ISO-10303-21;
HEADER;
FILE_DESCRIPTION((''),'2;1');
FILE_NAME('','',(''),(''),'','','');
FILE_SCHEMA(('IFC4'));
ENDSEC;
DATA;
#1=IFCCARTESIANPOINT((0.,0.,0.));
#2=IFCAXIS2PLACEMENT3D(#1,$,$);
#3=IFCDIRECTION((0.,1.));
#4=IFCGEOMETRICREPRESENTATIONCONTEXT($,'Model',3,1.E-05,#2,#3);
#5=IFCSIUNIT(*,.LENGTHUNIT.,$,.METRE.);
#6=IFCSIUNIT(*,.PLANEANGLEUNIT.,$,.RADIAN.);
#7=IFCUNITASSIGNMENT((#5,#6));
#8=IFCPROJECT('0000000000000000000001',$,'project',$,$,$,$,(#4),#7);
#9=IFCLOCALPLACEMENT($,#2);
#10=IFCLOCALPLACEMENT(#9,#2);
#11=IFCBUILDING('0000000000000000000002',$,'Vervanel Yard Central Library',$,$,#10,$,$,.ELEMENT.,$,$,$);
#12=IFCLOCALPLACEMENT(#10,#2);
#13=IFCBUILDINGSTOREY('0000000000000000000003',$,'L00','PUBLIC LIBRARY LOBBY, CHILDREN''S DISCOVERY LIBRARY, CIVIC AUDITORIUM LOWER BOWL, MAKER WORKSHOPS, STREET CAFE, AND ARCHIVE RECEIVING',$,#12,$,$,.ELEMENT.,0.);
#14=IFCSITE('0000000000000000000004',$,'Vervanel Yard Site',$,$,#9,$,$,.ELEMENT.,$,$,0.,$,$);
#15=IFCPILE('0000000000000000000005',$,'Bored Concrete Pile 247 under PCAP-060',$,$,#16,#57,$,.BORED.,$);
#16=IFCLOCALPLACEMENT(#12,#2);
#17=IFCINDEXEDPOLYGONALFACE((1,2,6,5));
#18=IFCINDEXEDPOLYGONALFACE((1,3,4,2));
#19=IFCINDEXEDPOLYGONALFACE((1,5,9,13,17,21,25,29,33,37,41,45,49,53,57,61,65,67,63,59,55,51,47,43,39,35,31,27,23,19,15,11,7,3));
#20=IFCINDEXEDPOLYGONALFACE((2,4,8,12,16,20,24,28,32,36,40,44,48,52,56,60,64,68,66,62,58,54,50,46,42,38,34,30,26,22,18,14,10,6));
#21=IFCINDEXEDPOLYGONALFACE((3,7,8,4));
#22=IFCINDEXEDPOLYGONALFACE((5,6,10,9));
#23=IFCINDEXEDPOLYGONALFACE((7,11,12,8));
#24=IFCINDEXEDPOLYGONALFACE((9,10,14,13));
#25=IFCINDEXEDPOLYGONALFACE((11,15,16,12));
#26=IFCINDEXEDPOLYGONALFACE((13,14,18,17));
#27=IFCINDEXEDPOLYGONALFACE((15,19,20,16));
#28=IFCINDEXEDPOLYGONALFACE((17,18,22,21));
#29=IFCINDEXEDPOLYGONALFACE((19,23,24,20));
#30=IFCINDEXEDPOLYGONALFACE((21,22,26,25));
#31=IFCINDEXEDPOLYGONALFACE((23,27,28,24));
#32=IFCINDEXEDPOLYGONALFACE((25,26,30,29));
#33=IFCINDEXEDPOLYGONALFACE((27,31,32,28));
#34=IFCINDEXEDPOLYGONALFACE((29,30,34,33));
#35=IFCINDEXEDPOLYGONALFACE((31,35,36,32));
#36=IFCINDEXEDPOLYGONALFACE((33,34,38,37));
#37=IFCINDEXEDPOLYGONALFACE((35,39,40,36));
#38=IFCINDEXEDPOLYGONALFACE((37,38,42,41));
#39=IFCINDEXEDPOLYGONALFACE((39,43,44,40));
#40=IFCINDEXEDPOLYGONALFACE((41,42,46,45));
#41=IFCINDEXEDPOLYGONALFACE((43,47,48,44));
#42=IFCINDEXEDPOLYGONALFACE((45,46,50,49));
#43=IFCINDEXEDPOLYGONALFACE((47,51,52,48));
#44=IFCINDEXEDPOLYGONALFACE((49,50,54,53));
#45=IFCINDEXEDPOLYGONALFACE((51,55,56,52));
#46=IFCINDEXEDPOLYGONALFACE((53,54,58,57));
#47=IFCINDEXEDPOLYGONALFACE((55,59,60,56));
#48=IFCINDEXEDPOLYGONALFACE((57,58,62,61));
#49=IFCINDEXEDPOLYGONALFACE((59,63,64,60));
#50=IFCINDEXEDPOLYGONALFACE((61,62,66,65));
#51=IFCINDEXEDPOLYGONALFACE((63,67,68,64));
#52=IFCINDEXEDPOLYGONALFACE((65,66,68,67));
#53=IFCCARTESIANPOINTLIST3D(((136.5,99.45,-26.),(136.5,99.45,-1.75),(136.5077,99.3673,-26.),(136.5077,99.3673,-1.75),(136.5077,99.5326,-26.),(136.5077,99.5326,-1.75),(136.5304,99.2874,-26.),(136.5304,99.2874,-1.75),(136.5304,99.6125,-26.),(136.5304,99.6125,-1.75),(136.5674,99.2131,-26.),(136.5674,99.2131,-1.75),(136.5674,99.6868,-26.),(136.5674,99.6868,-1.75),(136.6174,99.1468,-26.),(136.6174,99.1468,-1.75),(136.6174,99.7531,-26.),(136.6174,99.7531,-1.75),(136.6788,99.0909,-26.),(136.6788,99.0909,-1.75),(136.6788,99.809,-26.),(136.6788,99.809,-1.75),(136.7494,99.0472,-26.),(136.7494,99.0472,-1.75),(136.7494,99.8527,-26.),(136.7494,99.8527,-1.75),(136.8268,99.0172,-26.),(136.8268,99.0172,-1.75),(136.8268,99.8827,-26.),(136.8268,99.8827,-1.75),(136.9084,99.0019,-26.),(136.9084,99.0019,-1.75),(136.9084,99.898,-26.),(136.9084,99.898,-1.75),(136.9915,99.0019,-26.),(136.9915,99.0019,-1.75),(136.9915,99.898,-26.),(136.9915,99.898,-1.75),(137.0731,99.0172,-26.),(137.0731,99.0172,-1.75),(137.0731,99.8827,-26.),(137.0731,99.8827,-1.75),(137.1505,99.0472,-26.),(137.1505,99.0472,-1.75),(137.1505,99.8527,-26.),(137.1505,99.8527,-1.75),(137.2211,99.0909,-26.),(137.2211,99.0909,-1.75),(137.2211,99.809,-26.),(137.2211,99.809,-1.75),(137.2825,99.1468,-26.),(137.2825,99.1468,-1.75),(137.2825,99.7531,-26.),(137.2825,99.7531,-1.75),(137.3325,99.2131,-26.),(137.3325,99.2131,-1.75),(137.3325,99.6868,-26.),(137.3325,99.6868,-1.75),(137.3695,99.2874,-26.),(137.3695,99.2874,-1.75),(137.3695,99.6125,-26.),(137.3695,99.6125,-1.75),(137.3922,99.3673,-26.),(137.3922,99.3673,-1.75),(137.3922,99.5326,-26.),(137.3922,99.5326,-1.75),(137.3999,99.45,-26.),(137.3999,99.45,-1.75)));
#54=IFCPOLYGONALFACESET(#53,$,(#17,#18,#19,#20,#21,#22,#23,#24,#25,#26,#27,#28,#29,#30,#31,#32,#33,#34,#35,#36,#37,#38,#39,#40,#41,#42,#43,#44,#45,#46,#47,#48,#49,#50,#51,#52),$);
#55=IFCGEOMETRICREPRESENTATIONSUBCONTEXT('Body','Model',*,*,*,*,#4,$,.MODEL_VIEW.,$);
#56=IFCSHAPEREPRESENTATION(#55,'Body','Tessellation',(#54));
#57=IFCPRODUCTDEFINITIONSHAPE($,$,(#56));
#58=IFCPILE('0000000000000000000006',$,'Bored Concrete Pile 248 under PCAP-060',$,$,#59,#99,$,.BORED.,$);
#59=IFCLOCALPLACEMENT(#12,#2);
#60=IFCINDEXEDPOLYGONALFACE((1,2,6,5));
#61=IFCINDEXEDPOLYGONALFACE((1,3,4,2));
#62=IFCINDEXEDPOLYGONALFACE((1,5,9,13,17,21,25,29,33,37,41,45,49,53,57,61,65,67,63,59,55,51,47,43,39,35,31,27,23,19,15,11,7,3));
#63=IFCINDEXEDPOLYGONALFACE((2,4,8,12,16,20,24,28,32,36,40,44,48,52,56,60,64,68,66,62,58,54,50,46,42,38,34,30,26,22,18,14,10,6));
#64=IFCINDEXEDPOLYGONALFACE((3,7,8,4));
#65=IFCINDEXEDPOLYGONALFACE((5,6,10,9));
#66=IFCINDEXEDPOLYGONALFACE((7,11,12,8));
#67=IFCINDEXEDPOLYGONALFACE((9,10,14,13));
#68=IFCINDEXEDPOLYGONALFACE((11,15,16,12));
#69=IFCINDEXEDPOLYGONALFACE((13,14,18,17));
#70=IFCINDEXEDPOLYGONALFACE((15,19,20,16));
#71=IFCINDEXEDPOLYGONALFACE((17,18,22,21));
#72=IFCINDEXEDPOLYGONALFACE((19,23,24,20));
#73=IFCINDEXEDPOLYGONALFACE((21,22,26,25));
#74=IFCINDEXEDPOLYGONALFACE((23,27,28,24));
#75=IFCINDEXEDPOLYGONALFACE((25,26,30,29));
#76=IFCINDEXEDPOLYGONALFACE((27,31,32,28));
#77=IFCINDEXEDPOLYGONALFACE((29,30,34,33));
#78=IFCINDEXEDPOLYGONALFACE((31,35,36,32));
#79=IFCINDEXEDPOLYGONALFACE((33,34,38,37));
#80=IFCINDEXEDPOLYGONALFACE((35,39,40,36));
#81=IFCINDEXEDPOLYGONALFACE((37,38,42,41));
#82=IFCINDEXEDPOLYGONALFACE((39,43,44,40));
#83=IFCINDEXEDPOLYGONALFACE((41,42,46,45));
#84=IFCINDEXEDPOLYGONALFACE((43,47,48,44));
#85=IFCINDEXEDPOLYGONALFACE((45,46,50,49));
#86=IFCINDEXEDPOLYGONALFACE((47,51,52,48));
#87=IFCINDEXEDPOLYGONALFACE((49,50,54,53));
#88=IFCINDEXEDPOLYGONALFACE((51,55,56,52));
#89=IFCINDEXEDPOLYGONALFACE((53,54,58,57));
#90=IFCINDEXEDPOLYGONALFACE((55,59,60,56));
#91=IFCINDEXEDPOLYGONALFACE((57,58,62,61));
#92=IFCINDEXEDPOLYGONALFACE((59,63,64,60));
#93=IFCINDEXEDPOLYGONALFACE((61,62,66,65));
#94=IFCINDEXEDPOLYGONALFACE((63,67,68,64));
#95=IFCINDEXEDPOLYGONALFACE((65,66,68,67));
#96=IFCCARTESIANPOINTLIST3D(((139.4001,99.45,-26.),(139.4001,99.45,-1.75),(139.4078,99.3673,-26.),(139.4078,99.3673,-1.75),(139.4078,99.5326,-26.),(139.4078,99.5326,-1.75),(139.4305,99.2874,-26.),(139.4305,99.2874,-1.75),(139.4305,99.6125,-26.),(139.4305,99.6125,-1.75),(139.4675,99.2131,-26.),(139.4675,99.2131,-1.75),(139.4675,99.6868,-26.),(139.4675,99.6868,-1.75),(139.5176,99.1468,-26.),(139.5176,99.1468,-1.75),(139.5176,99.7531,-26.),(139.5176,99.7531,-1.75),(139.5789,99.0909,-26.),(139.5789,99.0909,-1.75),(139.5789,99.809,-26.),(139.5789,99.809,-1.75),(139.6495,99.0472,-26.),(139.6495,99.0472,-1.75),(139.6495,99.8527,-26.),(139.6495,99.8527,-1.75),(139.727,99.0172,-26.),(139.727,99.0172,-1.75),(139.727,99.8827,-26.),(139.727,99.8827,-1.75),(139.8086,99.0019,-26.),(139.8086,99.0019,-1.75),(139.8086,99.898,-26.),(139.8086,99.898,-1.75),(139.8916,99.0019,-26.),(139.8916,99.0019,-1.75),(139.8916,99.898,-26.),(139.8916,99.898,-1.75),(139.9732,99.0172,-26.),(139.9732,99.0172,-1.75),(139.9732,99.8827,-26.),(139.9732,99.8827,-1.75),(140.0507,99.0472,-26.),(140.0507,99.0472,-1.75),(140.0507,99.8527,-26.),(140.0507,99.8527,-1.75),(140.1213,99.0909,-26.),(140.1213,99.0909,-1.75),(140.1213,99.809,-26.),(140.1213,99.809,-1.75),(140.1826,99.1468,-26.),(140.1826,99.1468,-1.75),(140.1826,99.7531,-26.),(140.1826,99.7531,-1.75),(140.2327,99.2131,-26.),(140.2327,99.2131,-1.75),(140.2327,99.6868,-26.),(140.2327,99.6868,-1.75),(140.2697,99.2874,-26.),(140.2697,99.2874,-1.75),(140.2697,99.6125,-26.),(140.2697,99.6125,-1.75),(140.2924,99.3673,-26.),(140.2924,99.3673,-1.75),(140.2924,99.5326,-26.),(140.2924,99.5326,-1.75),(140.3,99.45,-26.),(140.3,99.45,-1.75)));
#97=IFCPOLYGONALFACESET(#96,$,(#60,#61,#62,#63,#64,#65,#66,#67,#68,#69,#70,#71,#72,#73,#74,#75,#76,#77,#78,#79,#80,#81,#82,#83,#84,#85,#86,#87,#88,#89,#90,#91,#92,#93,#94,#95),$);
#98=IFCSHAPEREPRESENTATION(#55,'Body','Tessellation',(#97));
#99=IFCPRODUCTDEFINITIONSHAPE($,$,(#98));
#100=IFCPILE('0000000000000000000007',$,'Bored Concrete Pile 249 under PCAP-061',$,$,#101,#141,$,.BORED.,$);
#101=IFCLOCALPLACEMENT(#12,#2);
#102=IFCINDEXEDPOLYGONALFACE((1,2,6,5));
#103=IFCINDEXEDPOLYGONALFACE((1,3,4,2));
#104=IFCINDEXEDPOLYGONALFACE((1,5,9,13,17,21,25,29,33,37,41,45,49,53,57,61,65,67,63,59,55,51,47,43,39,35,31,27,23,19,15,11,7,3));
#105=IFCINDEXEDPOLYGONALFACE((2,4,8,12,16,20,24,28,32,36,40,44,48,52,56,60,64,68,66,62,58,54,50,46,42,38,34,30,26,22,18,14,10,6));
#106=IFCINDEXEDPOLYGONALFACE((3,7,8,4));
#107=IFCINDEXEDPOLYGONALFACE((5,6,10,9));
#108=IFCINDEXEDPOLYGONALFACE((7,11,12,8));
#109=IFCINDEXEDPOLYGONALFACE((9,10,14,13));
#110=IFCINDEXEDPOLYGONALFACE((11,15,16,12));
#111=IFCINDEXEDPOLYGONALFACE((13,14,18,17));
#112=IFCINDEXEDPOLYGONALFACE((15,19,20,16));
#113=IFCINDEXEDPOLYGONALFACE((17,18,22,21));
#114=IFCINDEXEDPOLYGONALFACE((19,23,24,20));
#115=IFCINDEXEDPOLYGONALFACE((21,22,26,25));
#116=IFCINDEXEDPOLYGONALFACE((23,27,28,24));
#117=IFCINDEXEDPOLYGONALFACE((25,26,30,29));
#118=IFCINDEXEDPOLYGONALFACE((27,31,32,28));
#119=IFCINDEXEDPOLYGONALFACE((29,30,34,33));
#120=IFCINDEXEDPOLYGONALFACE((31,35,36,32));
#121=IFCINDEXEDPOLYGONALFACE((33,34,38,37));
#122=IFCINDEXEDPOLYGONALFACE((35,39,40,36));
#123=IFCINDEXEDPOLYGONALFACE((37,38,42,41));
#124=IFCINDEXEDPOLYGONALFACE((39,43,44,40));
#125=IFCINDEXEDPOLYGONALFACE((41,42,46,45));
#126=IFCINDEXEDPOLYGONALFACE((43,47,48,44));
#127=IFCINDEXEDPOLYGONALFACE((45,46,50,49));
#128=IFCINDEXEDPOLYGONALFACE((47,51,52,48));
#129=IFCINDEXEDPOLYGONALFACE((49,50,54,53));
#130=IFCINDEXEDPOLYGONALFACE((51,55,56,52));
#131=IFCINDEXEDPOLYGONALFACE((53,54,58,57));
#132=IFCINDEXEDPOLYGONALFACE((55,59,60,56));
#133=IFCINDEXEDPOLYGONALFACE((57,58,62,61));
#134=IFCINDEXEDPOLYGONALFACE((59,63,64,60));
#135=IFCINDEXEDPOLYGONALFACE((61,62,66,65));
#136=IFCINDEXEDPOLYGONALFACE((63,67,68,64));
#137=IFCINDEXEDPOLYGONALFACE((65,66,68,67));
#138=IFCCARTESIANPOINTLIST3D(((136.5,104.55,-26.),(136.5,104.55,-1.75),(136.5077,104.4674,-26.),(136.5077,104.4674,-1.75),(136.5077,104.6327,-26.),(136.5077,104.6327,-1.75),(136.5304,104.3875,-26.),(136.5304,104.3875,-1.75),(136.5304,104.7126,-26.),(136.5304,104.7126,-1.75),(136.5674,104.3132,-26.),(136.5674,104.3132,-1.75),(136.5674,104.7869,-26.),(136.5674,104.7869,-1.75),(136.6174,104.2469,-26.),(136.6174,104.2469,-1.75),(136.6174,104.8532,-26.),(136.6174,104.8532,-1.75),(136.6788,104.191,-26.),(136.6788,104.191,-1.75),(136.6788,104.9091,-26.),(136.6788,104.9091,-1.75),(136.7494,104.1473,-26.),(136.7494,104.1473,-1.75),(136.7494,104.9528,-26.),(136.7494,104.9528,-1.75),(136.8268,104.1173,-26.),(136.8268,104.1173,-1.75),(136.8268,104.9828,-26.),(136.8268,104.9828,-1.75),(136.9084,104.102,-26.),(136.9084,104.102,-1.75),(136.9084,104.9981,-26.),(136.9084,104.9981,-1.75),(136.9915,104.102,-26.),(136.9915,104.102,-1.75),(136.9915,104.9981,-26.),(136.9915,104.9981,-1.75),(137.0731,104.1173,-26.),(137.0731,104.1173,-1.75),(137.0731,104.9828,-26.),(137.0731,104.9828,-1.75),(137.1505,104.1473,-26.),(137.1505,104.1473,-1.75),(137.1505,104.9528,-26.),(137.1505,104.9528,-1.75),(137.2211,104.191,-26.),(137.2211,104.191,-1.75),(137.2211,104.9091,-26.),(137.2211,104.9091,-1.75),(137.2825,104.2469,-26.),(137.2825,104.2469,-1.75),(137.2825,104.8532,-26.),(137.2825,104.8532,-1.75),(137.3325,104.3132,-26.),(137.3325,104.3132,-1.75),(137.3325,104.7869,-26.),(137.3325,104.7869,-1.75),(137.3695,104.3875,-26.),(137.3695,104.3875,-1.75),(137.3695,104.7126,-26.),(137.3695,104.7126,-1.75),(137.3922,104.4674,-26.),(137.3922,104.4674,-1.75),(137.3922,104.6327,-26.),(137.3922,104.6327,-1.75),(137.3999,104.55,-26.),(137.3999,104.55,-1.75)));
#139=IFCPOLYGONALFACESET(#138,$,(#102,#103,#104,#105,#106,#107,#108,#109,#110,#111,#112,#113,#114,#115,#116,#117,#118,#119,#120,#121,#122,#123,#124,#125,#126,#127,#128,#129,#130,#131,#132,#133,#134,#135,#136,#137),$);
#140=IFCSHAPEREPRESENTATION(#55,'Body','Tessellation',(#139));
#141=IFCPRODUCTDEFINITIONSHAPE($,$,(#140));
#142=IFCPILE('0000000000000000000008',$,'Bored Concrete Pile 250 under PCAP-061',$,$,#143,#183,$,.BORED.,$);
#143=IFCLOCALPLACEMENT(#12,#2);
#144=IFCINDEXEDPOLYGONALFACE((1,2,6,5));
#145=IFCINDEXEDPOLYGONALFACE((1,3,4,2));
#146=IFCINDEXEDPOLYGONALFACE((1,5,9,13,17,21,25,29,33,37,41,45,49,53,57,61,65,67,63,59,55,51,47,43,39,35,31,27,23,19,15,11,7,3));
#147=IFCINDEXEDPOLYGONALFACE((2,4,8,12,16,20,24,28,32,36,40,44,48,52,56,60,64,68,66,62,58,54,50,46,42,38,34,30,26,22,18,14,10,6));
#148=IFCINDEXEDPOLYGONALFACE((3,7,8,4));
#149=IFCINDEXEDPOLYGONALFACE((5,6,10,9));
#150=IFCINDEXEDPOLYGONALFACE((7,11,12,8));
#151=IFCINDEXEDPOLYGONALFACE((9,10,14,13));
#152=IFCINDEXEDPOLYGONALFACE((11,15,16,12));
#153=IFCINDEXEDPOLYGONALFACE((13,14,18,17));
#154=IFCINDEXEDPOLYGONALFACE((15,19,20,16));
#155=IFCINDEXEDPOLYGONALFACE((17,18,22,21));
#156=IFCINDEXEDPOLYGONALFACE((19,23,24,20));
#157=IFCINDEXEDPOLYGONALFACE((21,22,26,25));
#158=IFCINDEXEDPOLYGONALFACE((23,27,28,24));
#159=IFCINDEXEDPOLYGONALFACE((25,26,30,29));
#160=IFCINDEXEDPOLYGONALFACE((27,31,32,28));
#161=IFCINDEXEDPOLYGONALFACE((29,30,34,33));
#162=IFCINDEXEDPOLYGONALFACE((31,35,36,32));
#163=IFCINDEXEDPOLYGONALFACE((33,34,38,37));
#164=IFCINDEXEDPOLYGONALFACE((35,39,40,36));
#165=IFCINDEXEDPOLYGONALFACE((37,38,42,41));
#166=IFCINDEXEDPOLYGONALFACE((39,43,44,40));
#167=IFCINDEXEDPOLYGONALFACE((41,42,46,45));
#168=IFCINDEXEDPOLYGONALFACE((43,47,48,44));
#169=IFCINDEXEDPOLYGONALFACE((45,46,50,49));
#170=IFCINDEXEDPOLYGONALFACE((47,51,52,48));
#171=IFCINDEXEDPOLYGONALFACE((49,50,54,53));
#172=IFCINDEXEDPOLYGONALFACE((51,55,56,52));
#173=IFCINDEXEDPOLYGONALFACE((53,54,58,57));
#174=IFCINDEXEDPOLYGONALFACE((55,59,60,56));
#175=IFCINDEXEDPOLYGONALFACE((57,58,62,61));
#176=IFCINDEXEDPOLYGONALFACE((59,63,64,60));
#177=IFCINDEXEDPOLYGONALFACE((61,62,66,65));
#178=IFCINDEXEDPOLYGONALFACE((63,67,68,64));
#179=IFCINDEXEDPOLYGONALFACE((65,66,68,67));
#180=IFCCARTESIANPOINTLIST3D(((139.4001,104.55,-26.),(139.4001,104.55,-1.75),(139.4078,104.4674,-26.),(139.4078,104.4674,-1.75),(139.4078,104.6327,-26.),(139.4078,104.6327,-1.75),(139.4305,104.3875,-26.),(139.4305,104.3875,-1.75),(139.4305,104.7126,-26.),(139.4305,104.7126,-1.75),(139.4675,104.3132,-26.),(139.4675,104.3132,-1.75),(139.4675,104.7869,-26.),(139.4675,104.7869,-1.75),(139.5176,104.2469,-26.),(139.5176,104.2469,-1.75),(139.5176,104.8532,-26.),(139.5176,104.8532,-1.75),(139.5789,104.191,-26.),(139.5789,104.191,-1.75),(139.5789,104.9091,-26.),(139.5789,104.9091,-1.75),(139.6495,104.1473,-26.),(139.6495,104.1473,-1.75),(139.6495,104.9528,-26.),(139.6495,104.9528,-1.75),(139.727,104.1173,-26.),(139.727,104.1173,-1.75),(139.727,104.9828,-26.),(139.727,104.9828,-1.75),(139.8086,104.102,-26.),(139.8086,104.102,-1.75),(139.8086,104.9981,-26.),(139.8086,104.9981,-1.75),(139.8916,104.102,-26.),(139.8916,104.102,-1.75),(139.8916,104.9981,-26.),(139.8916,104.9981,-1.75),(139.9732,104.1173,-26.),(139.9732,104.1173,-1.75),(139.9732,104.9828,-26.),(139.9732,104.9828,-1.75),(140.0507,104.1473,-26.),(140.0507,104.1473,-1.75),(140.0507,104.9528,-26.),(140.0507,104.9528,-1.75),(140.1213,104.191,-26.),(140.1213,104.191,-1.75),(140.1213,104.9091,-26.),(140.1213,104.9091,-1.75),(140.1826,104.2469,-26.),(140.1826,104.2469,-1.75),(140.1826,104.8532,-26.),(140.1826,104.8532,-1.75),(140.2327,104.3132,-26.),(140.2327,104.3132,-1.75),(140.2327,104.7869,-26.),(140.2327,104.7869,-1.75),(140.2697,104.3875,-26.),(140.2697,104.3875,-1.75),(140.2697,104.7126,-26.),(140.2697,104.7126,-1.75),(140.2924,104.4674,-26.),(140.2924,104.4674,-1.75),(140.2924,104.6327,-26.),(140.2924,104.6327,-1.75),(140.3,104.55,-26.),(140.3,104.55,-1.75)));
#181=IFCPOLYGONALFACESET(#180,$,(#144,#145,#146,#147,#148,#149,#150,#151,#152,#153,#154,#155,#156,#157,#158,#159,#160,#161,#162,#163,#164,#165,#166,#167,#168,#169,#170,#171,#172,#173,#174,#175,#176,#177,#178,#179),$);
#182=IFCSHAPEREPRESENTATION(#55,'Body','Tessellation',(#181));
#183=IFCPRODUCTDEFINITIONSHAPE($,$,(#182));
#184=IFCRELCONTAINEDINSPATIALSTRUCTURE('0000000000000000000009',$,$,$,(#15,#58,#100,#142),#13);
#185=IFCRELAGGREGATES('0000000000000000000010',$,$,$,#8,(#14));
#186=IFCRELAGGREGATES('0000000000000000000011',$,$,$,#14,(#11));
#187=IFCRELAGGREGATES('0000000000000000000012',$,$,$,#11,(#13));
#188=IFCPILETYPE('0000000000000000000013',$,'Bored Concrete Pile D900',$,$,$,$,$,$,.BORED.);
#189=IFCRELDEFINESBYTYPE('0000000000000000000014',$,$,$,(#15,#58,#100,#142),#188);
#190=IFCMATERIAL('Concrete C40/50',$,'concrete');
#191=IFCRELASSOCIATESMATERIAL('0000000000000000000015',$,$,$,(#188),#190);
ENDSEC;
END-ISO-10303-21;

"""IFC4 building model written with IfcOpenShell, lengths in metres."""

from ifc_helpers import new_model, si_unit, direction, frame, origin, origin_2d, place, context, subcontext, project, spatial, circle, extrude, material, material_profile, profile_set, type_object, element, save


model = new_model("IFC4")

# Units and contexts
model_context = context("Model", 3, precision=1e-05, world=origin(), true_north=direction((0.0, 1.0)))
body_context = subcontext(model_context, "Body", "Model", "MODEL_VIEW")
ifc_project = project(units=[si_unit("LENGTHUNIT", "METRE"), si_unit("PLANEANGLEUNIT", "RADIAN")], contexts=[model_context])

# Site, building, storey
site_placement = place(None, origin())
site = spatial("IfcSite", under=ifc_project, at=site_placement, Name="Vervanel Yard Site", CompositionType="ELEMENT", RefElevation=0.0)
building_placement = place(site_placement, origin())
building = spatial("IfcBuilding", under=site, at=building_placement, Name="Vervanel Yard Central Library", CompositionType="ELEMENT")
storey_placement = place(building_placement, origin())
storey = spatial("IfcBuildingStorey", under=building, at=storey_placement, Name="L00", Description="PUBLIC LIBRARY LOBBY, CHILDREN'S DISCOVERY LIBRARY, CIVIC AUDITORIUM LOWER BOWL, MAKER WORKSHOPS, STREET CAFE, AND ARCHIVE RECEIVING", CompositionType="ELEMENT", Elevation=0.0)

# Piles
ifc_material_1 = material(Name="Concrete C40/50", Category="concrete")
ifc_material_profile_1 = material_profile(ifc_material_1, circle(Radius=0.45, at=origin_2d()), Name="BP D900", Category="concrete")
ifc_profile_set_1 = profile_set([ifc_material_profile_1], Name="Concrete C40/50")
pile_type_1 = type_object("IfcPileType", Name="Bored Concrete Pile D900", PredefinedType="BORED", material=ifc_profile_set_1)
for number, where, z_axis, x_axis, name in (
    (1, (136.95, 99.45, -1.75), (0.0, 0.0, -1.0), (1.0, 0.0, 0.0), "Bored Concrete Pile 247 under PCAP-060"),
    (2, (139.8501, 99.45, -1.75), (0.0, 0.0, -1.0), (1.0, 0.0, 0.0), "Bored Concrete Pile 248 under PCAP-060"),
    (3, (136.95, 104.55, -1.75), (0.0, 0.0, -1.0), (1.0, 0.0, 0.0), "Bored Concrete Pile 249 under PCAP-061"),
    (4, (139.8501, 104.55, -1.75), (0.0, 0.0, -1.0), (1.0, 0.0, 0.0), "Bored Concrete Pile 250 under PCAP-061"),
):
    element("IfcPile", number, at=place(storey_placement, frame(where, z_axis=z_axis, x_axis=x_axis)), inside=storey, type_object=pile_type_1, Name=name, PredefinedType="BORED", context=body_context, shape_type="SweptSolid", body=[
        extrude(circle(Radius=0.45, at=origin_2d()), origin(), (0.0, 0.0, 1.0), 24.25),
    ])

save(model, "model.ifc")
